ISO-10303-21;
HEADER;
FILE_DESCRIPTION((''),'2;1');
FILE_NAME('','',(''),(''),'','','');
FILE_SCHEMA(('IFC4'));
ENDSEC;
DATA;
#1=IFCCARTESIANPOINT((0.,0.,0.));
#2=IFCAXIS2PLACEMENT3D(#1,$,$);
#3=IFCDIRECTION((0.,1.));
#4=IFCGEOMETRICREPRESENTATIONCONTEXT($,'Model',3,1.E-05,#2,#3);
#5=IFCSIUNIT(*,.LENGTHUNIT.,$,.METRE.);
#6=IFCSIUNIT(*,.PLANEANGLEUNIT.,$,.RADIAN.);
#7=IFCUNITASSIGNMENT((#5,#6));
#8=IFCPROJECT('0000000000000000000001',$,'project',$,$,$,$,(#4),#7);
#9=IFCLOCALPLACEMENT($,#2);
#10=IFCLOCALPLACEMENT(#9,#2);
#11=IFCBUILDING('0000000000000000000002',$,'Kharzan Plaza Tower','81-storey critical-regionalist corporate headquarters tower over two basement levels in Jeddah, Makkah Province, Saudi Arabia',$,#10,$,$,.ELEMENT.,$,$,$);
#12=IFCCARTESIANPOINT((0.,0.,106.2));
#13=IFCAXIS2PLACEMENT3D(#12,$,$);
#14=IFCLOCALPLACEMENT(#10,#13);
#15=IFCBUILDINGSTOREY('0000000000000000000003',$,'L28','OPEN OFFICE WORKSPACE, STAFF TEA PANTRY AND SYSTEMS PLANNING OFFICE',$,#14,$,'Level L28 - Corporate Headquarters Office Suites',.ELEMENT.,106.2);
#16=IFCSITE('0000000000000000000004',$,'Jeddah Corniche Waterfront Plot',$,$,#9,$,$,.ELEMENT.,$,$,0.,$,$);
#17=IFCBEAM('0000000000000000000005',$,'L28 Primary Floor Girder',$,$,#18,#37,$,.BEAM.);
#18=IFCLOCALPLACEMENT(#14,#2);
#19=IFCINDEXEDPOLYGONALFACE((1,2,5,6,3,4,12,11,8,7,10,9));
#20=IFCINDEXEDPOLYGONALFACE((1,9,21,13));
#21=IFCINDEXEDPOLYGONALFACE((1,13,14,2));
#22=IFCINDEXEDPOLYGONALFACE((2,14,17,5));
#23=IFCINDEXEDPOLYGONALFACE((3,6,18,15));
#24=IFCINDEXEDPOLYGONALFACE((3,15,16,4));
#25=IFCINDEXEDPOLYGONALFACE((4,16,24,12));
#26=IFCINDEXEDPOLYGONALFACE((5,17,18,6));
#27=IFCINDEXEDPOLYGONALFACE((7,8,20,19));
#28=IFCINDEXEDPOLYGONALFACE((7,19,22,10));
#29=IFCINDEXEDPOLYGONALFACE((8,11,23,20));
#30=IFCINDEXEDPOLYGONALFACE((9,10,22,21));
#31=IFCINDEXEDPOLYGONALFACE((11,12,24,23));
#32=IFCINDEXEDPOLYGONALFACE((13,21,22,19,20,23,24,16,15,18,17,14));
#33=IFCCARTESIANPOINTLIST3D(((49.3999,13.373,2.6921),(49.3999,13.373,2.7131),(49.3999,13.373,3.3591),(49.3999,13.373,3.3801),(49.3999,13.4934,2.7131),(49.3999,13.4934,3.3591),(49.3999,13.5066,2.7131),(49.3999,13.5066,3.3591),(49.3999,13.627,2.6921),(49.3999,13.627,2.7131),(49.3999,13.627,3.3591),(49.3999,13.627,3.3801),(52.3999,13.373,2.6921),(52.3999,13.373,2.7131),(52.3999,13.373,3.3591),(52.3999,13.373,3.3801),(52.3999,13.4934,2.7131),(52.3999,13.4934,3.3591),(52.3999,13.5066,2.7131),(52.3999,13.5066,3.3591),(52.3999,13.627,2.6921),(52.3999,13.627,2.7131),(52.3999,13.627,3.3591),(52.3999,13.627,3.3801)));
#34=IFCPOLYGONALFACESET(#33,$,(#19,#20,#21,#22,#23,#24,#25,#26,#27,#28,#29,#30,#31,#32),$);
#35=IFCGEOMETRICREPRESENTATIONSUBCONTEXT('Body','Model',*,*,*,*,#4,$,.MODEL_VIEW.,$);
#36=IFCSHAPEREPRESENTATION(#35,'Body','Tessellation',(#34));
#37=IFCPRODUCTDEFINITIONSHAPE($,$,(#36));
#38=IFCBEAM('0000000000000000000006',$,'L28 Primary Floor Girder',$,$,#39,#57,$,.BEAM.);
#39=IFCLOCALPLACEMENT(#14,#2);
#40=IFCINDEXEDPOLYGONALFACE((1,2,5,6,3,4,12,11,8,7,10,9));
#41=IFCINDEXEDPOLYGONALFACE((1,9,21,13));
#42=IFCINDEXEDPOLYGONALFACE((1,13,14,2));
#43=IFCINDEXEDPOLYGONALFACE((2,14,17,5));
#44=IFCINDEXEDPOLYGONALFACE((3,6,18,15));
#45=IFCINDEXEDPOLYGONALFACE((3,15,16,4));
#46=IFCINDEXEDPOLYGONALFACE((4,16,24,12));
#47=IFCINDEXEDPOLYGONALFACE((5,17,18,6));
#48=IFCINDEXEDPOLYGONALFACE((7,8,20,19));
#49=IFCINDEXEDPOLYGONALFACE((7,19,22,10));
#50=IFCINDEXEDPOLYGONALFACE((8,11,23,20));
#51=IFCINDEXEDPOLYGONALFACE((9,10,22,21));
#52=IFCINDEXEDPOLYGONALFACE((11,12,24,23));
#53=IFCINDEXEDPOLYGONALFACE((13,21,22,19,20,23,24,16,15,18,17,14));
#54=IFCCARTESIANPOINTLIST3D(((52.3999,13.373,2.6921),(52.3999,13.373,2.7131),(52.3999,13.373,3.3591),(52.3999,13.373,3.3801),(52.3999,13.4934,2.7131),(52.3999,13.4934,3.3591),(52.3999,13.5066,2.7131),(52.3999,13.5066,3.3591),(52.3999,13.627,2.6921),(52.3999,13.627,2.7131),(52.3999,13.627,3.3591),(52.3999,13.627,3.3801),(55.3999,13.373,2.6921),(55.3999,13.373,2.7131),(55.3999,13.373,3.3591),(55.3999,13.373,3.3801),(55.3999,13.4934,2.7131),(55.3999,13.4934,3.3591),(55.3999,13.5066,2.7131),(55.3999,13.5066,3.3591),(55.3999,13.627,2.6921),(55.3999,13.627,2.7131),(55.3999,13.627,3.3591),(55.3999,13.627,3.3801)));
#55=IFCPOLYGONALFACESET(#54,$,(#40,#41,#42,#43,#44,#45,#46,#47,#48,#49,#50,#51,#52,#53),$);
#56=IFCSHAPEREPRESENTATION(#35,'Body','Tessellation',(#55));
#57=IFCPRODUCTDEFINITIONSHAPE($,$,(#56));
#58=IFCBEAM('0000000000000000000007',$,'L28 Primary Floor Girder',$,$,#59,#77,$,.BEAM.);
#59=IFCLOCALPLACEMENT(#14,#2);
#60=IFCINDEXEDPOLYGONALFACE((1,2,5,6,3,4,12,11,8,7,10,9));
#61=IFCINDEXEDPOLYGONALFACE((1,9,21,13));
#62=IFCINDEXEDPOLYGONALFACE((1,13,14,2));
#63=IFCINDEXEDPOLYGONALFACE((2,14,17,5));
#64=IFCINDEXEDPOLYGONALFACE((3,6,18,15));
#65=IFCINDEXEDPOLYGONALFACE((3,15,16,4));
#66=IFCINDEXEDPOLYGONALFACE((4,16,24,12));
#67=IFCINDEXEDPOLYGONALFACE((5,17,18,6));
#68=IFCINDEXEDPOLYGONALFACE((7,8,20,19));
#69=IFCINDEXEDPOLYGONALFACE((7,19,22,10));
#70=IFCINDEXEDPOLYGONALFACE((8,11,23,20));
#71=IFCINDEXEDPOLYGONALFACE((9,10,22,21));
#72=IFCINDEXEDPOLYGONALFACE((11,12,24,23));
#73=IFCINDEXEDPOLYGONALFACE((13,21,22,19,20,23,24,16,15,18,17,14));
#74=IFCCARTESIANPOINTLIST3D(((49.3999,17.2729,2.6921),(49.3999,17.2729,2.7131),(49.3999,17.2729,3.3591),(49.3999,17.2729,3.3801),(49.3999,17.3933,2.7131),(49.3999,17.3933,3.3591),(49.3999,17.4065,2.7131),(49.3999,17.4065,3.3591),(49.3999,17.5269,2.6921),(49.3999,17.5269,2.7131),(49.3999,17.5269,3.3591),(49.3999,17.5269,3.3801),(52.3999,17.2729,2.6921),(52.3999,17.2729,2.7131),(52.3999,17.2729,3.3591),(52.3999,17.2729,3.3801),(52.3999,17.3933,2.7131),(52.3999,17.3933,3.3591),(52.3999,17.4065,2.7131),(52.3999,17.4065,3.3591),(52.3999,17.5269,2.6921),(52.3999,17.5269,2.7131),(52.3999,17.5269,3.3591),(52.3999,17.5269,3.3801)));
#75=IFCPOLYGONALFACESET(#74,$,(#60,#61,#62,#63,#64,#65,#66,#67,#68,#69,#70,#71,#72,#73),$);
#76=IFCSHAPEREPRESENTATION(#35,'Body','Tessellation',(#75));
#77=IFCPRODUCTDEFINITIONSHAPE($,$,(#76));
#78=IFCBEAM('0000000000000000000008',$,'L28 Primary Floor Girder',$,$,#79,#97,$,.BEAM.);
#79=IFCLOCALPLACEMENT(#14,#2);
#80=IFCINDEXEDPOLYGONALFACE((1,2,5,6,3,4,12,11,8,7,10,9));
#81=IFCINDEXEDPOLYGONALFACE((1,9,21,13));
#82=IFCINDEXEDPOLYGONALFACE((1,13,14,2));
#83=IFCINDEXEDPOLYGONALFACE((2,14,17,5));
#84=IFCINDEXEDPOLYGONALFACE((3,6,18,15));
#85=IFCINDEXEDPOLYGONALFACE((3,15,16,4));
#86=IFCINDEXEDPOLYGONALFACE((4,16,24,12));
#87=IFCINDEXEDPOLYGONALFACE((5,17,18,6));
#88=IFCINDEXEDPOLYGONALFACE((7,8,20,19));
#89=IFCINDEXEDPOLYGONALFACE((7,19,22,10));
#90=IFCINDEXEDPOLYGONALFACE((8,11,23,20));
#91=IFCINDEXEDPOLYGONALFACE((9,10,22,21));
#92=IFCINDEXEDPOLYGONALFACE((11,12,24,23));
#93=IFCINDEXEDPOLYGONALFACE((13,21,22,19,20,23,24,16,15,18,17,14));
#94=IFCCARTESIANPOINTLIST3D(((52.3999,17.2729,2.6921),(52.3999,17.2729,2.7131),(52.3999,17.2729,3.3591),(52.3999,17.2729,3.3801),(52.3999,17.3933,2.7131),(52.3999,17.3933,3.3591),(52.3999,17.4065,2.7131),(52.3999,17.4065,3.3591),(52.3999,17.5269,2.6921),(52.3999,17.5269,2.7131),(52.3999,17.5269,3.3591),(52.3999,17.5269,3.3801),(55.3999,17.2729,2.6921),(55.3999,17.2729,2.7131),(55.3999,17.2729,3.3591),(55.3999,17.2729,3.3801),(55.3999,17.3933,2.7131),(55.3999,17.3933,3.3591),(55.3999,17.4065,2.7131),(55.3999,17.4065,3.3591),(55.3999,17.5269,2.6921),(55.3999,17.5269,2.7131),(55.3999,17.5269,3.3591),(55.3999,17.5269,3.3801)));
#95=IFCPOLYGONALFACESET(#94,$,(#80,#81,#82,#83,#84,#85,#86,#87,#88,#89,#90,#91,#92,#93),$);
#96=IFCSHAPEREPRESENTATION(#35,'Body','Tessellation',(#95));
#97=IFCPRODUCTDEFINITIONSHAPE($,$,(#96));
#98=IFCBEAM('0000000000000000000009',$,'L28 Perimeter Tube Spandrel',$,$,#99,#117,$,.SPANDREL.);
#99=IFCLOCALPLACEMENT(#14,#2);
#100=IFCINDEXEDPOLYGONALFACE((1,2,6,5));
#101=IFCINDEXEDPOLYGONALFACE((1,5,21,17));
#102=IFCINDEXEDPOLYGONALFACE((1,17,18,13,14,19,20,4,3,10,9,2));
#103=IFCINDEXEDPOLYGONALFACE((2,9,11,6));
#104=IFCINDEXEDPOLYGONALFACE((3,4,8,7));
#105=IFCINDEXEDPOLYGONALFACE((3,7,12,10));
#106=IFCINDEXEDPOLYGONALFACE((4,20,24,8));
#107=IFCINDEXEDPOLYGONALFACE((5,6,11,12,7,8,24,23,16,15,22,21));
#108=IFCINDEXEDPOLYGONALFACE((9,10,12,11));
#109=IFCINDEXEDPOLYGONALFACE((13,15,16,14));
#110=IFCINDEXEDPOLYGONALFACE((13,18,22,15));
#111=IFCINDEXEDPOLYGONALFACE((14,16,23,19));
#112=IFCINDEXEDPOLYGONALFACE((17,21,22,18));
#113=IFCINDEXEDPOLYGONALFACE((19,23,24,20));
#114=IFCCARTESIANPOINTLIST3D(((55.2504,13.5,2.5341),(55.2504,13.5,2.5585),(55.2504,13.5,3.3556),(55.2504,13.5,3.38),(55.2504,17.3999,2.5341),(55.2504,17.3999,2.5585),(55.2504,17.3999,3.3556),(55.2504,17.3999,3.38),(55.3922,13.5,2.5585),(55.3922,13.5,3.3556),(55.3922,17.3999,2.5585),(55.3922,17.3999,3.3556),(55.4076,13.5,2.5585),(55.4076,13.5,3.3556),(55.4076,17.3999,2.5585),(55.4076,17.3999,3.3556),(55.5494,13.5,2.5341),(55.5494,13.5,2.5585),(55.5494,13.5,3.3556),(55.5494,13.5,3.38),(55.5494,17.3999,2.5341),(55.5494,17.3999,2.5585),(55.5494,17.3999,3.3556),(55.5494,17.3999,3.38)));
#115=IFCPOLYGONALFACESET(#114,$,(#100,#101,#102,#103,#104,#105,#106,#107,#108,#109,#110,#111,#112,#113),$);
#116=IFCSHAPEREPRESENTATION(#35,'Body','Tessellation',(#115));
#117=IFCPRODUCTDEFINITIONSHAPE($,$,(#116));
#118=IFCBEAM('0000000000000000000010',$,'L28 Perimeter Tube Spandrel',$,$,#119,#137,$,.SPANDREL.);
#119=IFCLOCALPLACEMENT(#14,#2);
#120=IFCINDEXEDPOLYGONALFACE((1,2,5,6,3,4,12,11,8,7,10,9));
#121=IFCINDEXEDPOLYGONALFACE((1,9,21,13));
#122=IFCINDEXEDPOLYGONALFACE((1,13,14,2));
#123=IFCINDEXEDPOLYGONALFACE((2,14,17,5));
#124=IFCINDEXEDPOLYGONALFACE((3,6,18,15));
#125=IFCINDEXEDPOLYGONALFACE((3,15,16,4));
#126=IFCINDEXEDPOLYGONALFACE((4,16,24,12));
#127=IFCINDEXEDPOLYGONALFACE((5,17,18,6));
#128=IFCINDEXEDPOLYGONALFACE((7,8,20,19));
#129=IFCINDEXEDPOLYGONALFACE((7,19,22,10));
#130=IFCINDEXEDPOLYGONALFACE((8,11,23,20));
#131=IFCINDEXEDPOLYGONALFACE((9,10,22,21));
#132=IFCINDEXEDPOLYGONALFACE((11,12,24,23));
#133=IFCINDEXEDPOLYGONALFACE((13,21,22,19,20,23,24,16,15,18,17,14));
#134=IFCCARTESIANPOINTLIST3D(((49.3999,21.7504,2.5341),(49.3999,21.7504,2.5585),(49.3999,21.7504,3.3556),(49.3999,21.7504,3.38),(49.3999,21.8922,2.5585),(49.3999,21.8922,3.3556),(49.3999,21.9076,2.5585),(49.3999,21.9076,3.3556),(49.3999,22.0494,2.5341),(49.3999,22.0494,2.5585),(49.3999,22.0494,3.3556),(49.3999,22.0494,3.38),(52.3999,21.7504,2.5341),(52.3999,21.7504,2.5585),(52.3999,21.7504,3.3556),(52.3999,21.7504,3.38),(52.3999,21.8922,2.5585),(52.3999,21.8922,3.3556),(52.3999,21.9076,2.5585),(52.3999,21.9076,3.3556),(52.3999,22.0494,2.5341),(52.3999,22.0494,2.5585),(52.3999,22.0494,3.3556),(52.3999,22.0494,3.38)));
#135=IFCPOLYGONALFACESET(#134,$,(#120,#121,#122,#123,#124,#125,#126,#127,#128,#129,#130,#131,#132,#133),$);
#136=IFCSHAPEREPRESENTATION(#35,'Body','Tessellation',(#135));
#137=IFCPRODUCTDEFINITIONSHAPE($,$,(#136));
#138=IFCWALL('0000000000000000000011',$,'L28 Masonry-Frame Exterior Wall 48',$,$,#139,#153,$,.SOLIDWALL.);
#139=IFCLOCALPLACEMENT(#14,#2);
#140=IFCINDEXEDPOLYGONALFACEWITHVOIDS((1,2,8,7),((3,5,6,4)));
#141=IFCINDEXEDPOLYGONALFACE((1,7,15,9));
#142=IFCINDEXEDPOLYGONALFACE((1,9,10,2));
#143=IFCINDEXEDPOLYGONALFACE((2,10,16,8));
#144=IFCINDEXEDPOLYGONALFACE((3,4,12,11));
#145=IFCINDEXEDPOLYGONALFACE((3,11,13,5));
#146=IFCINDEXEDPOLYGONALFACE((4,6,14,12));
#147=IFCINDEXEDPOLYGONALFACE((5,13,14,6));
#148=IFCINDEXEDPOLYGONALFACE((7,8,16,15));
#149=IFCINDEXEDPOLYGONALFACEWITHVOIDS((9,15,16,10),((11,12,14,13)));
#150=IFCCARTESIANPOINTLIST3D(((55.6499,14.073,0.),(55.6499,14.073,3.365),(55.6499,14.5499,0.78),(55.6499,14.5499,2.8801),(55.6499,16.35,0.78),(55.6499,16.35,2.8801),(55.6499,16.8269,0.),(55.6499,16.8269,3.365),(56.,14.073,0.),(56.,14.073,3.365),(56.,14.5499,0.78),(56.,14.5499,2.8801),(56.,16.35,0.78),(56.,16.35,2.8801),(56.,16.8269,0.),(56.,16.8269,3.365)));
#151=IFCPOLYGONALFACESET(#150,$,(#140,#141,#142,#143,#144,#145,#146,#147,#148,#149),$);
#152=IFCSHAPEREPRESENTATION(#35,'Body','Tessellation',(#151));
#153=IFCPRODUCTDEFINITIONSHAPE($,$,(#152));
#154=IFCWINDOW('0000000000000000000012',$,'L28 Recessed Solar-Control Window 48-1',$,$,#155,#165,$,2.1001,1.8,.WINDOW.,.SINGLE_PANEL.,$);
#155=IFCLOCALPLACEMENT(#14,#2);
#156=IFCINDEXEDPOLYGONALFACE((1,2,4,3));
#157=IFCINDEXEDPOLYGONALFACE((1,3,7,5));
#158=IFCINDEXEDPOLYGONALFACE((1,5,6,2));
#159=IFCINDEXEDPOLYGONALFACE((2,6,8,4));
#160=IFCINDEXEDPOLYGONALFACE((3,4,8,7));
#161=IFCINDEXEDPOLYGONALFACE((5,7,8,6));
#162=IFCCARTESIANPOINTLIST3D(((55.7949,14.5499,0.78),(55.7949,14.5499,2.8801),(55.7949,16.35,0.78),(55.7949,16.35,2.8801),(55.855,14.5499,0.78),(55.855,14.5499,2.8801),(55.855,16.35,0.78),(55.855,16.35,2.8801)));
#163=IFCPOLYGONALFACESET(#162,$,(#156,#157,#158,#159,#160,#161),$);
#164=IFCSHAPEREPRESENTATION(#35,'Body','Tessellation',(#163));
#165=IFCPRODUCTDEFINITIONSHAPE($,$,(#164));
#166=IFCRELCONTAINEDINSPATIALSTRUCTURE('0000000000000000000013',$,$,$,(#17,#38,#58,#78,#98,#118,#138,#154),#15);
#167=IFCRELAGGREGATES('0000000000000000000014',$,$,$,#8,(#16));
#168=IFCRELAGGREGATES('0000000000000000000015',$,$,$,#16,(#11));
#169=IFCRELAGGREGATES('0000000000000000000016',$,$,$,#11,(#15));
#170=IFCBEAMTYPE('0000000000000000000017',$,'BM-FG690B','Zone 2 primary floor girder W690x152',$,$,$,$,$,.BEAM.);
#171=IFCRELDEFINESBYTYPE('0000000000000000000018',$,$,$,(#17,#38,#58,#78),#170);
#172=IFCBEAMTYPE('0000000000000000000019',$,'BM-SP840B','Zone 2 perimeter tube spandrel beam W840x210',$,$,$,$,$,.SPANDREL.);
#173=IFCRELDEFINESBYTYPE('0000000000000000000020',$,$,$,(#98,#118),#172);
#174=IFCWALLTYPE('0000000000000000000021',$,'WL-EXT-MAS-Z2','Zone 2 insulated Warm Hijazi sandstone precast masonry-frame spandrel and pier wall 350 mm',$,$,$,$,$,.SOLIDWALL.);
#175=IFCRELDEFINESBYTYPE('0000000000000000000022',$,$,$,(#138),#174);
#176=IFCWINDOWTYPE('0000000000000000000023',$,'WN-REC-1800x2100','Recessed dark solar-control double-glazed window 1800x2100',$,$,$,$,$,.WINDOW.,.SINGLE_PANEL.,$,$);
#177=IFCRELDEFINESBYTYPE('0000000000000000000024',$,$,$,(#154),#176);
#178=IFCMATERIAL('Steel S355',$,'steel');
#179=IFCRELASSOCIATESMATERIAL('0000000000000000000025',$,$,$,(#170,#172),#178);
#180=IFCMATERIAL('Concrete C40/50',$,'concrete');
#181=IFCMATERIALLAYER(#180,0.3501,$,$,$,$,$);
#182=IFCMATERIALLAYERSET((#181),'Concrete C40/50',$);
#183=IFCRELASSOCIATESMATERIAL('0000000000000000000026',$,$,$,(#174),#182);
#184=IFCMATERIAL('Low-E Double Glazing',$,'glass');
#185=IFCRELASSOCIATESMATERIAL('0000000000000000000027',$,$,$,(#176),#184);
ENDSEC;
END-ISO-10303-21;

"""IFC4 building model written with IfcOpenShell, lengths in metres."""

from ifc_helpers import new_model, si_unit, direction, frame, frame_2d, origin, origin_2d, place, context, subcontext, project, spatial, rectangle, i_section, extrude, source, transform, mapped, material, layer, layer_set, material_profile, profile_set, type_object, element, fill, save


model = new_model("IFC4")

# Units and contexts
model_context = context("Model", 3, precision=1e-05, world=origin(), true_north=direction((0.0, 1.0)))
body_context = subcontext(model_context, "Body", "Model", "MODEL_VIEW")
ifc_project = project(units=[si_unit("LENGTHUNIT", "METRE"), si_unit("PLANEANGLEUNIT", "RADIAN")], contexts=[model_context])

# Site, building, storey
site_placement = place(None, origin())
site = spatial("IfcSite", under=ifc_project, at=site_placement, Name="Jeddah Corniche Waterfront Plot", CompositionType="ELEMENT", RefElevation=0.0)
building_placement = place(site_placement, origin())
building = spatial("IfcBuilding", under=site, at=building_placement, Name="Kharzan Plaza Tower", Description="81-storey critical-regionalist corporate headquarters tower over two basement levels in Jeddah, Makkah Province, Saudi Arabia", CompositionType="ELEMENT")
storey_placement = place(building_placement, frame((0.0, 0.0, 106.2)))
storey = spatial("IfcBuildingStorey", under=building, at=storey_placement, Name="L28", Description="OPEN OFFICE WORKSPACE, STAFF TEA PANTRY AND SYSTEMS PLANNING OFFICE", LongName="Level L28 - Corporate Headquarters Office Suites", CompositionType="ELEMENT", Elevation=106.2)

# Beams
ifc_material_1 = material(Name="Steel S355", Category="steel")
ifc_material_profile_1 = material_profile(ifc_material_1, i_section(OverallWidth=0.2539, OverallDepth=0.688, WebThickness=0.0132, FlangeThickness=0.021, at=origin_2d()), Name="W690x152")
ifc_profile_set_1 = profile_set([ifc_material_profile_1], Name="Steel S355")
beam_type_1 = type_object("IfcBeamType", Name="BM-FG690B", Description="Zone 2 primary floor girder W690x152", PredefinedType="BEAM", material=ifc_profile_set_1)
shared_shape_1 = source(origin(), body_context, "Body", "SweptSolid", [
    extrude(i_section(OverallWidth=0.2539, OverallDepth=0.688, WebThickness=0.0132, FlangeThickness=0.021, at=origin_2d()), origin(), (0.0, 0.0, 1.0), 3.0),
])
for number, where, z_axis, x_axis, name in (
    (1, (49.3999, 13.5, 3.0361), (1.0, 0.0, 0.0), (0.0, 1.0, 0.0), "L28 Primary Floor Girder"),
    (2, (52.3999, 13.5, 3.0361), (1.0, 0.0, 0.0), (0.0, 1.0, 0.0), "L28 Primary Floor Girder"),
    (3, (49.3999, 17.3999, 3.0361), (1.0, 0.0, 0.0), (0.0, 1.0, 0.0), "L28 Primary Floor Girder"),
    (4, (52.3999, 17.3999, 3.0361), (1.0, 0.0, 0.0), (0.0, 1.0, 0.0), "L28 Primary Floor Girder"),
):
    element("IfcBeam", number, at=place(storey_placement, frame(where, z_axis=z_axis, x_axis=x_axis)), inside=storey, type_object=beam_type_1, Name=name, PredefinedType="BEAM", context=body_context, shape_type="MappedRepresentation", body=[
        mapped(shared_shape_1, transform((0.0, 0.0, 0.0), x_axis=(1.0, 0.0, 0.0), y_axis=(0.0, 1.0, 0.0), z_axis=(0.0, 0.0, 1.0))),
    ])
ifc_material_profile_2 = material_profile(ifc_material_1, i_section(OverallWidth=0.2991, OverallDepth=0.8459, WebThickness=0.0154, FlangeThickness=0.0244, at=origin_2d()), Name="W840x210")
ifc_profile_set_2 = profile_set([ifc_material_profile_2], Name="Steel S355")
beam_type_2 = type_object("IfcBeamType", Name="BM-SP840B", Description="Zone 2 perimeter tube spandrel beam W840x210", PredefinedType="SPANDREL", material=ifc_profile_set_2)
shared_shape_2 = source(origin(), body_context, "Body", "SweptSolid", [
    extrude(i_section(OverallWidth=0.2991, OverallDepth=0.8459, WebThickness=0.0154, FlangeThickness=0.0244, at=origin_2d()), origin(), (0.0, 0.0, 1.0), 3.8999),
])
beam_1_placement = place(storey_placement, frame((55.3999, 13.5, 2.957), z_axis=(0.0, 1.0, 0.0), x_axis=(-1.0, 0.0, 0.0)))
element("IfcBeam", 5, at=beam_1_placement, inside=storey, type_object=beam_type_2, Name="L28 Perimeter Tube Spandrel", PredefinedType="SPANDREL", context=body_context, shape_type="MappedRepresentation", body=[
    mapped(shared_shape_2, transform((0.0, 0.0, 0.0), x_axis=(1.0, 0.0, 0.0), y_axis=(0.0, 1.0, 0.0), z_axis=(0.0, 0.0, 1.0))),
])
shared_shape_3 = source(origin(), body_context, "Body", "SweptSolid", [
    extrude(i_section(OverallWidth=0.2991, OverallDepth=0.8459, WebThickness=0.0154, FlangeThickness=0.0244, at=origin_2d()), origin(), (0.0, 0.0, 1.0), 3.0),
])
beam_2_placement = place(storey_placement, frame((49.3999, 21.8999, 2.957), z_axis=(1.0, 0.0, 0.0), x_axis=(0.0, 1.0, 0.0)))
element("IfcBeam", 6, at=beam_2_placement, inside=storey, type_object=beam_type_2, Name="L28 Perimeter Tube Spandrel", PredefinedType="SPANDREL", context=body_context, shape_type="MappedRepresentation", body=[
    mapped(shared_shape_3, transform((0.0, 0.0, 0.0), x_axis=(1.0, 0.0, 0.0), y_axis=(0.0, 1.0, 0.0), z_axis=(0.0, 0.0, 1.0))),
])

# Wall, opening, window
ifc_material_2 = material(Name="Concrete C40/50", Category="concrete")
ifc_layer = layer(ifc_material_2, 0.3501)
ifc_layer_set = layer_set([ifc_layer], Name="Concrete C40/50")
wall_type = type_object("IfcWallType", Name="WL-EXT-MAS-Z2", Description="Zone 2 insulated Warm Hijazi sandstone precast masonry-frame spandrel and pier wall 350 mm", PredefinedType="SOLIDWALL", material=ifc_layer_set)
wall_1_placement = place(storey_placement, frame((55.825, 14.073, 0.0), z_axis=(0.0, 0.0, 1.0), x_axis=(0.0, 1.0, 0.0)))
wall_1 = element("IfcWall", 7, at=wall_1_placement, inside=storey, type_object=wall_type, Name="L28 Masonry-Frame Exterior Wall 48", PredefinedType="SOLIDWALL", context=body_context, shape_type="SweptSolid", body=[
    extrude(rectangle(XDim=2.7539, YDim=0.3501, at=frame_2d((1.377, 0.0))), origin(), (0.0, 0.0, 1.0), 3.365),
])
opening_1_placement = place(wall_1_placement, frame((0.4771, 0.0, 0.78)))
opening_1 = element("IfcOpeningElement", 8, at=opening_1_placement, cuts=wall_1, PredefinedType="OPENING", context=body_context, shape_type="SweptSolid", body=[
    extrude(rectangle(XDim=1.8, YDim=2.1001, at=frame_2d((0.8999, 1.05))), frame((0.0, 0.1851, 0.0), z_axis=(0.0, -1.0, 0.0), x_axis=(1.0, 0.0, 0.0)), (0.0, 0.0, 1.0), 0.3701),
])
ifc_material_3 = material(Name="Low-E Double Glazing", Category="glass")
window_type_1 = type_object("IfcWindowType", Name="WN-REC-1800x2100", Description="Recessed dark solar-control double-glazed window 1800x2100", PartitioningType="SINGLE_PANEL", PredefinedType="WINDOW", material=ifc_material_3)
shared_shape_4 = source(origin(), body_context, "Body", "SweptSolid", [
    extrude(rectangle(XDim=1.8, YDim=2.1001, at=frame_2d((0.8999, 1.05))), frame((0.0, 0.03, 0.0), z_axis=(0.0, -1.0, 0.0), x_axis=(1.0, 0.0, 0.0)), (0.0, 0.0, 1.0), 0.0601),
])
window_1_placement = place(opening_1_placement, origin())
window_1 = element("IfcWindow", 9, at=window_1_placement, inside=storey, type_object=window_type_1, Name="L28 Recessed Solar-Control Window 48-1", OverallHeight=2.1001, OverallWidth=1.8, PartitioningType="SINGLE_PANEL", PredefinedType="WINDOW", context=body_context, shape_type="MappedRepresentation", body=[
    mapped(shared_shape_4, transform((0.0, 0.0, 0.0), x_axis=(1.0, 0.0, 0.0), y_axis=(0.0, 1.0, 0.0), z_axis=(0.0, 0.0, 1.0))),
])
fill(opening_1, window_1)

save(model, "model.ifc")
